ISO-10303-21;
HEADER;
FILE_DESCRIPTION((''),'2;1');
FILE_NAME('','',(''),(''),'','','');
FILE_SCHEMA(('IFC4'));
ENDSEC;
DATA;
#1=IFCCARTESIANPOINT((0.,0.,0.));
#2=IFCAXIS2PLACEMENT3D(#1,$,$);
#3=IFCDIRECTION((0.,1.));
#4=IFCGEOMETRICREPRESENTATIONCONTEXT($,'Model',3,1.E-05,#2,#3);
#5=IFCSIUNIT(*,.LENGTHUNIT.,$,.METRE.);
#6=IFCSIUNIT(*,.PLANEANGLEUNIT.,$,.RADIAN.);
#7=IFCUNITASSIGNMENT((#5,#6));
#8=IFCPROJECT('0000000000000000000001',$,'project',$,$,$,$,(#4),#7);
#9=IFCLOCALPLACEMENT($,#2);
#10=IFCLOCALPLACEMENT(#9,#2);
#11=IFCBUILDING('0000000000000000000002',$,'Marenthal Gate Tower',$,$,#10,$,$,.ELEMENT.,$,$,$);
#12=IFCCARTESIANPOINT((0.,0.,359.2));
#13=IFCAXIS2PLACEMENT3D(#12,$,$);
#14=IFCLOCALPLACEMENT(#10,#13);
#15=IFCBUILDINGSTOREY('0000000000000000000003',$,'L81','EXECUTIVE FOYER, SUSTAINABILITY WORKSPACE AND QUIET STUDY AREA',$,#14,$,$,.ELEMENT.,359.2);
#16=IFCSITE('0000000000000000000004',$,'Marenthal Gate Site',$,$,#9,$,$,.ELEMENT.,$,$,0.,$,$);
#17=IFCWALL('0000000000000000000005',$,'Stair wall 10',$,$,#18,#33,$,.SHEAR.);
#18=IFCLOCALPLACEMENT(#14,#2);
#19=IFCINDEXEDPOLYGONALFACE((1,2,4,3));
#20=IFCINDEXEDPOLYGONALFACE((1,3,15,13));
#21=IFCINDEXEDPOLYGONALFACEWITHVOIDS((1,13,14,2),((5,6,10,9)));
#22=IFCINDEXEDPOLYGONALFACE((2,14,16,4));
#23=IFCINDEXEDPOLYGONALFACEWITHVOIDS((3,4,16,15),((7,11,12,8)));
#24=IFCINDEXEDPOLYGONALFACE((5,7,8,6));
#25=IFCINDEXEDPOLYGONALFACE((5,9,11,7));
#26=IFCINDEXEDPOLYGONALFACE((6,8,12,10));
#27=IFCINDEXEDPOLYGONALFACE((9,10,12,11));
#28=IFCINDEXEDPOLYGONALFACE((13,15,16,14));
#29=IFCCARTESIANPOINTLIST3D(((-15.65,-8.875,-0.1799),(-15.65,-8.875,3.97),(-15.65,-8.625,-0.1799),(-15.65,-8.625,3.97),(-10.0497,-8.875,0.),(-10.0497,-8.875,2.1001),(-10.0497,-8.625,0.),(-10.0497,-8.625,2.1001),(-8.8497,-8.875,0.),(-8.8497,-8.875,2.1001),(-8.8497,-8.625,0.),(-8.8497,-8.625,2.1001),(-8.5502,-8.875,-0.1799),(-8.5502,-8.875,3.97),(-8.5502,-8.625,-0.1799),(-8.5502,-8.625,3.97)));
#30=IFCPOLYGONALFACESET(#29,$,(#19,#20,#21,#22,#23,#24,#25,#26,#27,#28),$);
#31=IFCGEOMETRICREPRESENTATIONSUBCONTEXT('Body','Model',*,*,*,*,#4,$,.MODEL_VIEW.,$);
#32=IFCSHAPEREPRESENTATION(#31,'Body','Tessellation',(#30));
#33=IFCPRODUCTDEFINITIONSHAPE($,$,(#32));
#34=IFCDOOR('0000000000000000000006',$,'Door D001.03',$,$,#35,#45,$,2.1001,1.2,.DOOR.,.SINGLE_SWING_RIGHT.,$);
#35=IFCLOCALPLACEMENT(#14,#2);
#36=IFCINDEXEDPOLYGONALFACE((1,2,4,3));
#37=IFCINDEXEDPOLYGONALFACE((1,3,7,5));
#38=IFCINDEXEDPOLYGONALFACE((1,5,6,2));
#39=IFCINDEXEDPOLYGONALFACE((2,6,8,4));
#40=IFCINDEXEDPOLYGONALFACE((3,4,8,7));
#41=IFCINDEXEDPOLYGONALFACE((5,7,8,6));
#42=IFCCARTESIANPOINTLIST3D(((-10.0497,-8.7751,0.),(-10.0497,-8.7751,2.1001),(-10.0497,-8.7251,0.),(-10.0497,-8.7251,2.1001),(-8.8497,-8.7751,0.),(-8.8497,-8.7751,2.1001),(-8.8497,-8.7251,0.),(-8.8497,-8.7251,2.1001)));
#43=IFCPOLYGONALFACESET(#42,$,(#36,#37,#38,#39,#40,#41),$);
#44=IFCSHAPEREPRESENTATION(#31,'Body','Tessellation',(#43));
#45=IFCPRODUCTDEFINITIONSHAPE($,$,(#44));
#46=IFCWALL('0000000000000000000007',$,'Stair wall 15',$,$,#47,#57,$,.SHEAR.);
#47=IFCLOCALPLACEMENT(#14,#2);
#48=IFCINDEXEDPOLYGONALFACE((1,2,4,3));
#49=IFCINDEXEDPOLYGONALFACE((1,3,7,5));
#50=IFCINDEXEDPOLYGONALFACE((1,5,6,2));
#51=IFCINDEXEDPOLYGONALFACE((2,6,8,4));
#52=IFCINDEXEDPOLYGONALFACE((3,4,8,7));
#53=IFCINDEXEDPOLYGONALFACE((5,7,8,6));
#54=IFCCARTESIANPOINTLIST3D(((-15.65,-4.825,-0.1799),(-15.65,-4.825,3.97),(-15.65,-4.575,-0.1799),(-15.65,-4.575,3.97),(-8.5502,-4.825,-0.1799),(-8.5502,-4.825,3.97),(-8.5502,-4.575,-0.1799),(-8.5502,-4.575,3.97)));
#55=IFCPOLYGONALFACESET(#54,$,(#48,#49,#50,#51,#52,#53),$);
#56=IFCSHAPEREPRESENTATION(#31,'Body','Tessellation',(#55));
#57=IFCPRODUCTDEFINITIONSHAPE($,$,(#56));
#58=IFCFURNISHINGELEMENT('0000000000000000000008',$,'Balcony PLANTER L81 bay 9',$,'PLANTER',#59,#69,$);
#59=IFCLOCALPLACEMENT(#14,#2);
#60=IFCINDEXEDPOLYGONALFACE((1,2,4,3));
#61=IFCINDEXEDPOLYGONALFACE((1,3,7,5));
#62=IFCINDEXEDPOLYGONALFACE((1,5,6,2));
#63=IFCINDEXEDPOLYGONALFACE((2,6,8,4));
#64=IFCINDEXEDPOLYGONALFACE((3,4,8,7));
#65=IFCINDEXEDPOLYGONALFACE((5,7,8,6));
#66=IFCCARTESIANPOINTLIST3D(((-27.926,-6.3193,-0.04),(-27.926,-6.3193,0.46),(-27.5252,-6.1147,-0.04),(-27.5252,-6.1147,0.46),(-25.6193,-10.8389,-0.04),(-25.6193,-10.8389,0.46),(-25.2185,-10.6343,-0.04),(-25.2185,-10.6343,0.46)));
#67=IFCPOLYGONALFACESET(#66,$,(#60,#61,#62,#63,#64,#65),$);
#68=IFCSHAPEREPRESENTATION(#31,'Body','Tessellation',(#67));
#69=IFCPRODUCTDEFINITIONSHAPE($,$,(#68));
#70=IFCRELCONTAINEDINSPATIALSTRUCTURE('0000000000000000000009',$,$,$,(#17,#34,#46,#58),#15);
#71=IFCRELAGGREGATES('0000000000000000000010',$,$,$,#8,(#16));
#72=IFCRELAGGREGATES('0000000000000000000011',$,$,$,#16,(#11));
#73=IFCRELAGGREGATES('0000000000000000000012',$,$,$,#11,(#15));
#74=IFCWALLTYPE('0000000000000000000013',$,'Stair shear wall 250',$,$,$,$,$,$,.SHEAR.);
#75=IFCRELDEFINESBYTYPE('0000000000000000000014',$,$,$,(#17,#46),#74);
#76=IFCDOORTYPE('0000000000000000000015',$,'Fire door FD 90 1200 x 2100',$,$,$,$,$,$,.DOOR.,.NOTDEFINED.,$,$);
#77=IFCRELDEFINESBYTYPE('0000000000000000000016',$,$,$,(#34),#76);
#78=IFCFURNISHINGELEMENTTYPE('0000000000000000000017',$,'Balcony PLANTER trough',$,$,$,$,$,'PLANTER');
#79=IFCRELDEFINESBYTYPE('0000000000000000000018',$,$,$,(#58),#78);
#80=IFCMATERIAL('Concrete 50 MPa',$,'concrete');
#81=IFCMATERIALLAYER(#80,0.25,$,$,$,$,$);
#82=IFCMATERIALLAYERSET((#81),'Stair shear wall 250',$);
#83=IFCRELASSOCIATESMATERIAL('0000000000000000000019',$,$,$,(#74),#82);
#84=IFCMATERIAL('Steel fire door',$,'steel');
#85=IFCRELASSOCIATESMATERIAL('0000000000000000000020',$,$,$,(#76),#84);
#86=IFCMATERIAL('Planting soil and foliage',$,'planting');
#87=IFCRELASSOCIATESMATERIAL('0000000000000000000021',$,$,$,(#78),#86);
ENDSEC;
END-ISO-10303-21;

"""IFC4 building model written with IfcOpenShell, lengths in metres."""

from ifc_helpers import new_model, si_unit, direction, frame, frame_2d, origin, origin_2d, place, context, subcontext, project, spatial, rectangle, extrude, material, layer, layer_set, type_object, element, fill, save


model = new_model("IFC4")

# Units and contexts
model_context = context("Model", 3, precision=1e-05, world=origin(), true_north=direction((0.0, 1.0)))
body_context = subcontext(model_context, "Body", "Model", "MODEL_VIEW")
ifc_project = project(units=[si_unit("LENGTHUNIT", "METRE"), si_unit("PLANEANGLEUNIT", "RADIAN")], contexts=[model_context])

# Site, building, storey
site_placement = place(None, origin())
site = spatial("IfcSite", under=ifc_project, at=site_placement, Name="Marenthal Gate Site", CompositionType="ELEMENT", RefElevation=0.0)
building_placement = place(site_placement, origin())
building = spatial("IfcBuilding", under=site, at=building_placement, Name="Marenthal Gate Tower", CompositionType="ELEMENT")
storey_placement = place(building_placement, frame((0.0, 0.0, 359.2)))
storey = spatial("IfcBuildingStorey", under=building, at=storey_placement, Name="L81", Description="EXECUTIVE FOYER, SUSTAINABILITY WORKSPACE AND QUIET STUDY AREA", CompositionType="ELEMENT", Elevation=359.2)

# Wall, opening, door
ifc_material_1 = material(Name="Concrete 50 MPa", Category="concrete")
ifc_layer_1 = layer(ifc_material_1, 0.25)
ifc_layer_set_1 = layer_set([ifc_layer_1], Name="Stair shear wall 250")
wall_type_1 = type_object("IfcWallType", Name="Stair shear wall 250", PredefinedType="SHEAR", material=ifc_layer_set_1)
wall_1_placement = place(storey_placement, frame((-15.6499, -8.75, -0.1799), z_axis=(0.0, 0.0, 1.0), x_axis=(1.0, 0.0, 0.0)))
wall_1 = element("IfcWall", 1, at=wall_1_placement, inside=storey, type_object=wall_type_1, Name="Stair wall 10", PredefinedType="SHEAR", context=body_context, shape_type="SweptSolid", body=[
    extrude(rectangle(XDim=7.0999, YDim=0.25, at=frame_2d((3.5498, 0.0))), origin(), (0.0, 0.0, 1.0), 4.1499),
])
opening_1_placement = place(wall_1_placement, frame((5.6001, 0.0, 0.1799)))
opening_1 = element("IfcOpeningElement", 2, at=opening_1_placement, cuts=wall_1, PredefinedType="OPENING", context=body_context, shape_type="SweptSolid", body=[
    extrude(rectangle(XDim=1.2, YDim=2.1001, at=frame_2d((0.6001, 1.05))), frame((0.0, 0.135, 0.0), z_axis=(0.0, -1.0, 0.0), x_axis=(1.0, 0.0, 0.0)), (0.0, 0.0, 1.0), 0.27),
])
ifc_material_2 = material(Name="Steel fire door", Category="steel")
door_type_1 = type_object("IfcDoorType", Name="Fire door FD 90 1200 x 2100", OperationType="NOTDEFINED", PredefinedType="DOOR", material=ifc_material_2)
door_1_placement = place(opening_1_placement, origin())
door_1 = element("IfcDoor", 3, at=door_1_placement, inside=storey, type_object=door_type_1, Name="Door D001.03", OperationType="SINGLE_SWING_RIGHT", OverallHeight=2.1001, OverallWidth=1.2, PredefinedType="DOOR", context=body_context, shape_type="SweptSolid", body=[
    extrude(rectangle(XDim=1.2, YDim=2.1001, at=frame_2d((0.6001, 1.05))), frame((0.0, 0.0249, 0.0), z_axis=(0.0, -1.0, 0.0), x_axis=(1.0, 0.0, 0.0)), (0.0, 0.0, 1.0), 0.05),
])
fill(opening_1, door_1)

# Wall
wall_2_placement = place(storey_placement, frame((-15.6499, -4.7, -0.1799), z_axis=(0.0, 0.0, 1.0), x_axis=(1.0, 0.0, 0.0)))
element("IfcWall", 4, at=wall_2_placement, inside=storey, type_object=wall_type_1, Name="Stair wall 15", PredefinedType="SHEAR", context=body_context, shape_type="SweptSolid", body=[
    extrude(rectangle(XDim=7.0999, YDim=0.25, at=frame_2d((3.5498, 0.0))), origin(), (0.0, 0.0, 1.0), 4.1499),
])

# Furnishing element
ifc_material_3 = material(Name="Planting soil and foliage", Category="planting")
furnishing_element_type = type_object("IfcFurnishingElementType", Name="Balcony PLANTER trough", ElementType="PLANTER", material=ifc_material_3)
furnishing_placement = place(storey_placement, frame((-26.5723, -8.4768, -0.04), z_axis=(0.0, 0.0, 1.0), x_axis=(0.454596, -0.890698, 0.0)))
element("IfcFurnishingElement", 5, at=furnishing_placement, inside=storey, type_object=furnishing_element_type, Name="Balcony PLANTER L81 bay 9", ObjectType="PLANTER", context=body_context, shape_type="SweptSolid", body=[
    extrude(rectangle(XDim=5.0742, YDim=0.45, at=origin_2d()), origin(), (0.0, 0.0, 1.0), 0.5),
])

save(model, "model.ifc")
